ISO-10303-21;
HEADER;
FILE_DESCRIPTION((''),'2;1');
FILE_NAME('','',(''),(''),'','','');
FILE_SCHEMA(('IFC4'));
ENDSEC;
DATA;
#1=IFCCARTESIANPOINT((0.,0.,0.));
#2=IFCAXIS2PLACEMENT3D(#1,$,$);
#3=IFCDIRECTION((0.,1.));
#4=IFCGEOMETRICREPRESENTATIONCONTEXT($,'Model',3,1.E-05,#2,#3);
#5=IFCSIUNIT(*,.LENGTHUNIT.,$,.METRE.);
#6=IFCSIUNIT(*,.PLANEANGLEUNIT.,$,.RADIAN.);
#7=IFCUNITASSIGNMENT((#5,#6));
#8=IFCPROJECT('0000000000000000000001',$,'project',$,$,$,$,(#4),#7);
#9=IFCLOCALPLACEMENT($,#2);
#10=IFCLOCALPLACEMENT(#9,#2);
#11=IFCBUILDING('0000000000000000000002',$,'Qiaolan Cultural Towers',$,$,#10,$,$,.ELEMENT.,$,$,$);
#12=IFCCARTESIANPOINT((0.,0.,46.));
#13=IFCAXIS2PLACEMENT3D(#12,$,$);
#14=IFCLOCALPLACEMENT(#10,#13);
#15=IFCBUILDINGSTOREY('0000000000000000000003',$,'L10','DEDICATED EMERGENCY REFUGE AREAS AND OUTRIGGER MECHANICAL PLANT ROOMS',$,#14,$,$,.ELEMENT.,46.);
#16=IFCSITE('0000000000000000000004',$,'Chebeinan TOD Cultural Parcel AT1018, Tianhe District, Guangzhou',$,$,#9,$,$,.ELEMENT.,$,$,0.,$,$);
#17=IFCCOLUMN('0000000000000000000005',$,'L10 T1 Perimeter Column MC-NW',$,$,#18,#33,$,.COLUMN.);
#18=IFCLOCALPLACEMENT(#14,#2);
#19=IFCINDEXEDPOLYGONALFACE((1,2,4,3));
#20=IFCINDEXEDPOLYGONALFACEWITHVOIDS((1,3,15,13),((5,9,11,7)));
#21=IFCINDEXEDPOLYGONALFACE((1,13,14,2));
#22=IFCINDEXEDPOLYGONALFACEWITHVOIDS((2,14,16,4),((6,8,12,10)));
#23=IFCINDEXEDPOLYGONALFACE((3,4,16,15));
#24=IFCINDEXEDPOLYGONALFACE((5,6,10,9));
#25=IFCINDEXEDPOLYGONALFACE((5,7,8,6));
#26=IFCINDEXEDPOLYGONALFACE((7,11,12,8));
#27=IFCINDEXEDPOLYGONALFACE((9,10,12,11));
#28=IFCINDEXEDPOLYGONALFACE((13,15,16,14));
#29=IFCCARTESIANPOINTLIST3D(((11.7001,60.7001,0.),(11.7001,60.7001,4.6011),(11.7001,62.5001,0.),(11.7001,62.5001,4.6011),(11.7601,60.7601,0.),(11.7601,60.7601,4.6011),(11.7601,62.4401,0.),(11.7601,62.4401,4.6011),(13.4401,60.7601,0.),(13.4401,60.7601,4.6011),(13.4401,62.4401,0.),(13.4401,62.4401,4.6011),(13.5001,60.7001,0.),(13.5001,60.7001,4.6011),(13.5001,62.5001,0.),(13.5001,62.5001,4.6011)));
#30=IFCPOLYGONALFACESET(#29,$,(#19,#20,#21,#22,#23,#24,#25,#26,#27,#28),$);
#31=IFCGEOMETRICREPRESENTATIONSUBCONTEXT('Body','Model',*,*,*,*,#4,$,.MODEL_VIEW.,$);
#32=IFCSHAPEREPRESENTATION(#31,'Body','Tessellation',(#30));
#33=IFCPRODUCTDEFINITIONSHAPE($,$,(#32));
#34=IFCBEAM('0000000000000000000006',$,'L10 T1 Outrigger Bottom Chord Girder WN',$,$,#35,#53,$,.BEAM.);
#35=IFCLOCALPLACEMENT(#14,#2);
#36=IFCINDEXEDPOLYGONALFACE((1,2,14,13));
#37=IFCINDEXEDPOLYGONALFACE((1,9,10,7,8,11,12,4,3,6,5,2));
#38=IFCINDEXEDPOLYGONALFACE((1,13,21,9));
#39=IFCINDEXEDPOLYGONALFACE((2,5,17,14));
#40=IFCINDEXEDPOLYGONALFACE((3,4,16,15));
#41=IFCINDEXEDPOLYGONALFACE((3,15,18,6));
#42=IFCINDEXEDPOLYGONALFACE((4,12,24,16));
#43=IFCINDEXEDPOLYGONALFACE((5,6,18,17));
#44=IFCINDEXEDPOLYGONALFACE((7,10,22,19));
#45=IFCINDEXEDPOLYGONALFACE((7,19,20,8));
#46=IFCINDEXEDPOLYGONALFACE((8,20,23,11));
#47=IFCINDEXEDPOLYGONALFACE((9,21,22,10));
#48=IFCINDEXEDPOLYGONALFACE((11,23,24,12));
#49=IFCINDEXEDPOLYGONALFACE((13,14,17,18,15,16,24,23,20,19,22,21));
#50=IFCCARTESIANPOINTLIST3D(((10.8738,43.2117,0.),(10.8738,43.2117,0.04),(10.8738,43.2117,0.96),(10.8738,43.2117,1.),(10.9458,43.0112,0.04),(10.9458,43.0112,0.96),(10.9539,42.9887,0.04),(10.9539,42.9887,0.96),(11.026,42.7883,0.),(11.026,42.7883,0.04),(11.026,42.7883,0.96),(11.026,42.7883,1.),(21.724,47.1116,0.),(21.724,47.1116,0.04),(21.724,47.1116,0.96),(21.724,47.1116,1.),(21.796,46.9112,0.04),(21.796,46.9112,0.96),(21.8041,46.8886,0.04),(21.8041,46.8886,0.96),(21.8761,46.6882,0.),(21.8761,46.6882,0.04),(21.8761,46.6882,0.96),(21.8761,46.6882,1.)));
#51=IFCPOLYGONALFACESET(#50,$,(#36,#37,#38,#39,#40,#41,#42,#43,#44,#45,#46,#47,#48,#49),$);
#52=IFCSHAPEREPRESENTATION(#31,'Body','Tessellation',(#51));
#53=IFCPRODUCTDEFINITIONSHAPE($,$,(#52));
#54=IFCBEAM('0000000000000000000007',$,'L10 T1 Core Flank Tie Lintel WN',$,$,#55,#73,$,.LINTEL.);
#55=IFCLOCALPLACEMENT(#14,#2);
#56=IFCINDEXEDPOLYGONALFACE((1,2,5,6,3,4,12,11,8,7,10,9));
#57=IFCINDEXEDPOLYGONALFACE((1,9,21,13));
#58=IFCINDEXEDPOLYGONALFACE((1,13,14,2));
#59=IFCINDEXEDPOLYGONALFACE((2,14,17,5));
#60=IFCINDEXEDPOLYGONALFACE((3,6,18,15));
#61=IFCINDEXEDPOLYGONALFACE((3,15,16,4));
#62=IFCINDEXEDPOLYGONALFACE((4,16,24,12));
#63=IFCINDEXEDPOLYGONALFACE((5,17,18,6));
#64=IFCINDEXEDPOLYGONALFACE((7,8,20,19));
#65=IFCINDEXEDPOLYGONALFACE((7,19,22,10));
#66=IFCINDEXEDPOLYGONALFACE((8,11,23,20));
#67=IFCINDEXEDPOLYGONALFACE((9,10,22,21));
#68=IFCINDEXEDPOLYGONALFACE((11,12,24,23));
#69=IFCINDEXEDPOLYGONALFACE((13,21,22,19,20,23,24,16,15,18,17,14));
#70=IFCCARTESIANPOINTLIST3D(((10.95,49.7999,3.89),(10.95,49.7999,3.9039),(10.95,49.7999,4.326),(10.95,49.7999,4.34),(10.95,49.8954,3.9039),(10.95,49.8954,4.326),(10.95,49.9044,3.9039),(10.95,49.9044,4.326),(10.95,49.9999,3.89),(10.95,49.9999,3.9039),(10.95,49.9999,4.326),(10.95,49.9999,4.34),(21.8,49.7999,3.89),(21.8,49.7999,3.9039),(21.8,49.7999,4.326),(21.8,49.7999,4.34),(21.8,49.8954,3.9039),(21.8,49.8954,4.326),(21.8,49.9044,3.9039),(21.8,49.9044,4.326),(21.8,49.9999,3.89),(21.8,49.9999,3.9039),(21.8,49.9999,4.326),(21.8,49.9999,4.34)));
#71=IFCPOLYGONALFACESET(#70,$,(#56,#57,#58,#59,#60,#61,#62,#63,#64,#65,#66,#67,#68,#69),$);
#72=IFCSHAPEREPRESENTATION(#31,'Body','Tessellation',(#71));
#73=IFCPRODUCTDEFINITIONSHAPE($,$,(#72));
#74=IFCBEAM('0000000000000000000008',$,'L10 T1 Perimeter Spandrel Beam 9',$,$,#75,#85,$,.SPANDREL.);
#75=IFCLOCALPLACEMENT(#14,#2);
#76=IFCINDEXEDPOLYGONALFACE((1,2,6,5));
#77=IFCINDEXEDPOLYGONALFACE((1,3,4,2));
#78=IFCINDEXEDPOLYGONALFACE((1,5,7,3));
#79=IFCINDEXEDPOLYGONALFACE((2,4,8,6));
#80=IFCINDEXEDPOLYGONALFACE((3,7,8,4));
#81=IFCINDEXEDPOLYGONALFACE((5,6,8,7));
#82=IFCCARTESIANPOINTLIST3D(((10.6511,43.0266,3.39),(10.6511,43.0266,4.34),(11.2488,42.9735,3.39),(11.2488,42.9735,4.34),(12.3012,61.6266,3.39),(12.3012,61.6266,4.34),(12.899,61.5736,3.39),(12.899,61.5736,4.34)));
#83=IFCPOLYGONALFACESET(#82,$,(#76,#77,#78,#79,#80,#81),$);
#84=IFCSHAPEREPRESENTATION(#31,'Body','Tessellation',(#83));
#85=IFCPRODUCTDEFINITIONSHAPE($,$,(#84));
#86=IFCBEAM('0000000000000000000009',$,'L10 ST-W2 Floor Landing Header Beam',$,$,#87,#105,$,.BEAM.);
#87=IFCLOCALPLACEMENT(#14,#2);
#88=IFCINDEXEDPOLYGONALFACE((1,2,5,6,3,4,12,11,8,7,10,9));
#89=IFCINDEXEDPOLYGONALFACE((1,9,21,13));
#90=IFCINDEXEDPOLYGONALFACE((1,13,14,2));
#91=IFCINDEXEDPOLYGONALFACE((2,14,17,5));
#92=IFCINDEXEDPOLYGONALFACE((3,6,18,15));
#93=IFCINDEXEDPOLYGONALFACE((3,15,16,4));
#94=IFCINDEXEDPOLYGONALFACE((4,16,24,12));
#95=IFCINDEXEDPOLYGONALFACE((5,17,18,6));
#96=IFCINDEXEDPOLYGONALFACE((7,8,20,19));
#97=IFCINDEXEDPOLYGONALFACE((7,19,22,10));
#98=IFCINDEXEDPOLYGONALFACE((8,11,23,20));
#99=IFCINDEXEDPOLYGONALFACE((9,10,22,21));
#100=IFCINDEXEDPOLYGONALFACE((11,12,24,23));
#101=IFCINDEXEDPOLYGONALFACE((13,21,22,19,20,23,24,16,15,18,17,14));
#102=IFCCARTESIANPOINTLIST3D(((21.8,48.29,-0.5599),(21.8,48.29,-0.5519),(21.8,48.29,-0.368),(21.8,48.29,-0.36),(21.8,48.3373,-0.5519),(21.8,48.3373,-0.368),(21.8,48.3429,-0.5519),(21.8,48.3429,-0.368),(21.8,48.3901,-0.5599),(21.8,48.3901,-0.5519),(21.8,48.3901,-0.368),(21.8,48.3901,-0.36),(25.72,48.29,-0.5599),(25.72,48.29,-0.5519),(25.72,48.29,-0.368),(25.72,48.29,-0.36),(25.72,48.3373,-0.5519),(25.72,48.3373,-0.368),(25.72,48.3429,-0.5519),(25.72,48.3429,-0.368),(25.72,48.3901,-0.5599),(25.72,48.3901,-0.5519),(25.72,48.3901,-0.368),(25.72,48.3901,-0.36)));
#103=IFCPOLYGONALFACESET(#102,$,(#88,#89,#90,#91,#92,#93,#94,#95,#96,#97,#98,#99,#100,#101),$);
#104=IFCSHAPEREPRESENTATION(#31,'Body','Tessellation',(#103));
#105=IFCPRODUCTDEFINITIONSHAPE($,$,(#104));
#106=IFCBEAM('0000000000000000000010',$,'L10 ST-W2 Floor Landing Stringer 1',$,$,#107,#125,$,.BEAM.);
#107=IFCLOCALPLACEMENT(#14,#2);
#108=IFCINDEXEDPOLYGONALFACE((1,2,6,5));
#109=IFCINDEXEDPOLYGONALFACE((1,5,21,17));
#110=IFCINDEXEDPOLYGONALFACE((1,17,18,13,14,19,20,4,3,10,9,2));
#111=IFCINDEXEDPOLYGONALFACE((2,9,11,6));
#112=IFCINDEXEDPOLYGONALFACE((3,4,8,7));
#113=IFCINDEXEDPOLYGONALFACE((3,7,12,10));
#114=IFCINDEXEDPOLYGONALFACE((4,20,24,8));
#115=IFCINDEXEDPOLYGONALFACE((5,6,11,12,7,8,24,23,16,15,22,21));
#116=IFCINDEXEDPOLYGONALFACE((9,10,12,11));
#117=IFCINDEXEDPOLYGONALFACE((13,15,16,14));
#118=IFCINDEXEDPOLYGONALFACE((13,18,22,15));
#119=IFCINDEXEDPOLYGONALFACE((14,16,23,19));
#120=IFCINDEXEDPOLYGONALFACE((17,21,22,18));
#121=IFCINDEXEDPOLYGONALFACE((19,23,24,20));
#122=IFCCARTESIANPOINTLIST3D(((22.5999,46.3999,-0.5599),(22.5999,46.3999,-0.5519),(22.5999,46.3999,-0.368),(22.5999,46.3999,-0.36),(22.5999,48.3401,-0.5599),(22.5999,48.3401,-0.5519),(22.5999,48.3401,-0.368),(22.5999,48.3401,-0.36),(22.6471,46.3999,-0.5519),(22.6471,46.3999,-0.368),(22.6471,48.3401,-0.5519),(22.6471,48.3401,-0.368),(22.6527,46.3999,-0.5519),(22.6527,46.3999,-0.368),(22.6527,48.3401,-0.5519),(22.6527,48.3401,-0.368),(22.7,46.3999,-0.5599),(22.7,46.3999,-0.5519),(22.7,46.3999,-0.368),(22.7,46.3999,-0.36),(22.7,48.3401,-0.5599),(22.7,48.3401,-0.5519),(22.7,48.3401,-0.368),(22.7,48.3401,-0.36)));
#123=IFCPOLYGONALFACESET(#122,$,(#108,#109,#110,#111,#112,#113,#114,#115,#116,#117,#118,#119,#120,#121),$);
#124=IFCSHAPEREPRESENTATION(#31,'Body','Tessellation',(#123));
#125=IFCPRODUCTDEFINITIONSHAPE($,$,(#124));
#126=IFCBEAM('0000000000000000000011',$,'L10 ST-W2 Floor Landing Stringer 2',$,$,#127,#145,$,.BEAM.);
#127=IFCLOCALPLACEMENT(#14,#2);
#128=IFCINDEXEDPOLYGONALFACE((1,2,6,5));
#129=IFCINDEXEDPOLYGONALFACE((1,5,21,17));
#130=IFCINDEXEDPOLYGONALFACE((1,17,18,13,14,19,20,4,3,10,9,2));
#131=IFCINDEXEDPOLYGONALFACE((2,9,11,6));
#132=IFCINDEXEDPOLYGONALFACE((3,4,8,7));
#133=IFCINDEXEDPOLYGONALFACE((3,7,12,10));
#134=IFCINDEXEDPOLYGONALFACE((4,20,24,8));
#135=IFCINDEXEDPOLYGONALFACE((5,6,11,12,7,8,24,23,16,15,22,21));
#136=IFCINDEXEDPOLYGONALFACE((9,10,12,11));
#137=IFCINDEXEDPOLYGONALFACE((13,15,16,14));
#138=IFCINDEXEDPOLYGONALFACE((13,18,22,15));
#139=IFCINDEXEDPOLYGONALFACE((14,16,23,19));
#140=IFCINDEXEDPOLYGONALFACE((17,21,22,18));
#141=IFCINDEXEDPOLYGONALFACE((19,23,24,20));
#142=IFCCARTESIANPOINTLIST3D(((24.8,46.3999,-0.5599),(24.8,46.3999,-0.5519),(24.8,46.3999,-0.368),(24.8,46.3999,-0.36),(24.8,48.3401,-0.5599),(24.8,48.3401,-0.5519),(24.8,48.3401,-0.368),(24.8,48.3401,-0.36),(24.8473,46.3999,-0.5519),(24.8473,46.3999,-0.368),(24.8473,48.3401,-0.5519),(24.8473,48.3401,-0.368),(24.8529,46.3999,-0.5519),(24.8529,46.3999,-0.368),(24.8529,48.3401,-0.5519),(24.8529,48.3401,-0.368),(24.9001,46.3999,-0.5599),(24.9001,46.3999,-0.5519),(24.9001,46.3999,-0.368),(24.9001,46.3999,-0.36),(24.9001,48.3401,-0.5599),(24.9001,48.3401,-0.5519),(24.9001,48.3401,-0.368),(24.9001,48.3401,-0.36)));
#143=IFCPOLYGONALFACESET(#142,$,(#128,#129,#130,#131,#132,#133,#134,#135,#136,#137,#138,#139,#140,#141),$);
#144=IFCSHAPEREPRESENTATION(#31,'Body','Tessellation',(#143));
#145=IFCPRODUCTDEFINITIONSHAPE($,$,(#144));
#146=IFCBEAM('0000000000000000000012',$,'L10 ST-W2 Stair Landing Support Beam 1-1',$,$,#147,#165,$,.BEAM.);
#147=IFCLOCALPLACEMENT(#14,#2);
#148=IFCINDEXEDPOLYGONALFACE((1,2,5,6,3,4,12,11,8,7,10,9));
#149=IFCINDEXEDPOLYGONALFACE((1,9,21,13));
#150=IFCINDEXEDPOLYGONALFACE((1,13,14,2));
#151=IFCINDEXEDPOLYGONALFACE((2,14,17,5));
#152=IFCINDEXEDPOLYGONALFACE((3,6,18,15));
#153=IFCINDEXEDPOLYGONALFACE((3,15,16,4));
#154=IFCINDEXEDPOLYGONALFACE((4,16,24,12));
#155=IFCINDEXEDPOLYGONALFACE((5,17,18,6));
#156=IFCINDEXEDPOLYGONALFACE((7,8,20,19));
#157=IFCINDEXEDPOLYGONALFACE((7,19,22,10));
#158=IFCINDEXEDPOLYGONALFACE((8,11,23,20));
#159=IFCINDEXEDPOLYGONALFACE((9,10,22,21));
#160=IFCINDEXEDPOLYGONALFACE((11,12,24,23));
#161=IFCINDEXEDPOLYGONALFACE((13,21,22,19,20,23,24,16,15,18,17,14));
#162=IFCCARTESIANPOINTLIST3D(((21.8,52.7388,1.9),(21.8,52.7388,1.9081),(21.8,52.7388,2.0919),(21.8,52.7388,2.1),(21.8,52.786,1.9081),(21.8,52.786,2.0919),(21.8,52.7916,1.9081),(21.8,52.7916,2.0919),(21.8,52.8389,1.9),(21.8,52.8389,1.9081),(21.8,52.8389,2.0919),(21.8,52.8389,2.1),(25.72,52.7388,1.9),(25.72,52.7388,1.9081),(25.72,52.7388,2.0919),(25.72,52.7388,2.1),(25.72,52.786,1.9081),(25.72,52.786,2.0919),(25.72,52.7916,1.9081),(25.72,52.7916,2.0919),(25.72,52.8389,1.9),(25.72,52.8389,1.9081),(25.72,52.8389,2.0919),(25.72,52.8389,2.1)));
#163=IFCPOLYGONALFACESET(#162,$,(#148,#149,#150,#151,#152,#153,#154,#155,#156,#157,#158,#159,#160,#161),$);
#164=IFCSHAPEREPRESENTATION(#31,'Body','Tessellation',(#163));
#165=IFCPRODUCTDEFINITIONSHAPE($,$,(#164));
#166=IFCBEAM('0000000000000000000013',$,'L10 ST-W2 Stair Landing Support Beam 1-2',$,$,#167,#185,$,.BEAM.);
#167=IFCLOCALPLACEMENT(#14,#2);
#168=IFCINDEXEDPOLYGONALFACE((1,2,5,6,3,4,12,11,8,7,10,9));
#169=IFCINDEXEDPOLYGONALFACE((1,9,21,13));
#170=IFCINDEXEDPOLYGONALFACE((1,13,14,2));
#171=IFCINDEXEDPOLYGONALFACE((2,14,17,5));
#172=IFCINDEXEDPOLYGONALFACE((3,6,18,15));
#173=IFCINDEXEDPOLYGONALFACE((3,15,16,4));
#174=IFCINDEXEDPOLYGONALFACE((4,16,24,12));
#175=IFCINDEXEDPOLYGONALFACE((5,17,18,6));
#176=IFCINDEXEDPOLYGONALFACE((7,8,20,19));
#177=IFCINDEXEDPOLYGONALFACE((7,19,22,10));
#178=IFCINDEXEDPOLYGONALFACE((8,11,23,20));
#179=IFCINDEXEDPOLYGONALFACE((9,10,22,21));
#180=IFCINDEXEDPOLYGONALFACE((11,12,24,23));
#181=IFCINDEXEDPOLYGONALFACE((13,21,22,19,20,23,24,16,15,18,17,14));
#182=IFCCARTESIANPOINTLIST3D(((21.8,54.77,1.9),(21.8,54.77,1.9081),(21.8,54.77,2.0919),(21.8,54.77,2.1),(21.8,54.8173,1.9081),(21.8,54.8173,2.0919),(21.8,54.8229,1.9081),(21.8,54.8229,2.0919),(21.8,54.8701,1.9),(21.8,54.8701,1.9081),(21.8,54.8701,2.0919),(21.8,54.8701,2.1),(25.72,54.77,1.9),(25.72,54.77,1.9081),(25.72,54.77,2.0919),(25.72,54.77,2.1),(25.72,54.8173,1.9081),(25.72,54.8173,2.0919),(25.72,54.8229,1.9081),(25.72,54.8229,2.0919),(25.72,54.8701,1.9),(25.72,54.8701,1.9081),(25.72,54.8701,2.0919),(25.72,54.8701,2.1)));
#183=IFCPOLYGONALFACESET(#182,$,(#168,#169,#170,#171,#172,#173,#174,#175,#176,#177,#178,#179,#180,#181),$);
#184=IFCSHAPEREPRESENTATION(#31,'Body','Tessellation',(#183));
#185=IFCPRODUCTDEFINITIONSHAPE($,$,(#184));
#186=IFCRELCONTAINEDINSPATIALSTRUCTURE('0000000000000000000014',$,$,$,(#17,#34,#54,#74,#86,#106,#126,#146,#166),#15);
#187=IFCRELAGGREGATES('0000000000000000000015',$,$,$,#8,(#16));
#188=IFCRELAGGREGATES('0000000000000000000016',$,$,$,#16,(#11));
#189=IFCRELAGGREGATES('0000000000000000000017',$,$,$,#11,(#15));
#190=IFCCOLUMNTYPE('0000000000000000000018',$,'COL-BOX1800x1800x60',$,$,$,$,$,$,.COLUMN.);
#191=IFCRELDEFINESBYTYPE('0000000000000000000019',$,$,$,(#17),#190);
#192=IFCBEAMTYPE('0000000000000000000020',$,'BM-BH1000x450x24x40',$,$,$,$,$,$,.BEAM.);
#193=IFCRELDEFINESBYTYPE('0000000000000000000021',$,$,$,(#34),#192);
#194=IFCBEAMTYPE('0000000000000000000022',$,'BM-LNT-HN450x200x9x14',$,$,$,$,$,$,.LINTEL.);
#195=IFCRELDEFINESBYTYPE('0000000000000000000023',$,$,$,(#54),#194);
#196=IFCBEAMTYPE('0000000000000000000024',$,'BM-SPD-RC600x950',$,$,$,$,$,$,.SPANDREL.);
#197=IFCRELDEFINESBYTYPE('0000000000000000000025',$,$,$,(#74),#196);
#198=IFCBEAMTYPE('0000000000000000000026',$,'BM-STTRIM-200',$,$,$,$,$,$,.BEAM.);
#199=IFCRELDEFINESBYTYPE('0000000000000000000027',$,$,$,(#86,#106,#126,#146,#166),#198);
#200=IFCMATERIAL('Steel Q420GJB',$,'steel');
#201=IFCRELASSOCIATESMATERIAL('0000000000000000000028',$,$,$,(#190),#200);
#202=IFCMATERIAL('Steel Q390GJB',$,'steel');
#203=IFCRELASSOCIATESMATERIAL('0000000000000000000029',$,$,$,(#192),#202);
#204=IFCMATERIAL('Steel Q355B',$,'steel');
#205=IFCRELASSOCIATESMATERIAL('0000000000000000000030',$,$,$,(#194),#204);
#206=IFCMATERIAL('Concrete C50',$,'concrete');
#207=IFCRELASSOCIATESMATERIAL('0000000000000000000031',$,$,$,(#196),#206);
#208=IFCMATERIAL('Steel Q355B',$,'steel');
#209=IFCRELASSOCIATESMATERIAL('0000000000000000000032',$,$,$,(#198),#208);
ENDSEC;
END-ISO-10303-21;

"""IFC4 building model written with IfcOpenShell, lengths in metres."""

from ifc_helpers import new_model, si_unit, direction, frame, origin, origin_2d, place, context, subcontext, project, spatial, rectangle, hollow_rectangle, i_section, extrude, material, material_profile, profile_set, type_object, element, save


model = new_model("IFC4")

# Units and contexts
model_context = context("Model", 3, precision=1e-05, world=origin(), true_north=direction((0.0, 1.0)))
body_context = subcontext(model_context, "Body", "Model", "MODEL_VIEW")
ifc_project = project(units=[si_unit("LENGTHUNIT", "METRE"), si_unit("PLANEANGLEUNIT", "RADIAN")], contexts=[model_context])

# Site, building, storey
site_placement = place(None, origin())
site = spatial("IfcSite", under=ifc_project, at=site_placement, Name="Chebeinan TOD Cultural Parcel AT1018, Tianhe District, Guangzhou", CompositionType="ELEMENT", RefElevation=0.0)
building_placement = place(site_placement, origin())
building = spatial("IfcBuilding", under=site, at=building_placement, Name="Qiaolan Cultural Towers", CompositionType="ELEMENT")
storey_placement = place(building_placement, frame((0.0, 0.0, 46.0)))
storey = spatial("IfcBuildingStorey", under=building, at=storey_placement, Name="L10", Description="DEDICATED EMERGENCY REFUGE AREAS AND OUTRIGGER MECHANICAL PLANT ROOMS", CompositionType="ELEMENT", Elevation=46.0)

# Column
ifc_material_1 = material(Name="Steel Q420GJB", Category="steel")
ifc_material_profile_1 = material_profile(ifc_material_1, hollow_rectangle(XDim=1.8, YDim=1.8, WallThickness=0.0601, at=origin_2d()), Name="BOX1800x1800x60")
ifc_profile_set_1 = profile_set([ifc_material_profile_1], Name="Steel Q420GJB")
column_type = type_object("IfcColumnType", Name="COL-BOX1800x1800x60", PredefinedType="COLUMN", material=ifc_profile_set_1)
column_placement = place(storey_placement, frame((12.6001, 61.6001, 0.0), z_axis=(0.0, 0.0, 1.0), x_axis=(1.0, 0.0, 0.0)))
element("IfcColumn", 1, at=column_placement, inside=storey, type_object=column_type, Name="L10 T1 Perimeter Column MC-NW", PredefinedType="COLUMN", context=body_context, shape_type="SweptSolid", body=[
    extrude(hollow_rectangle(XDim=1.8, YDim=1.8, WallThickness=0.0601, at=origin_2d()), origin(), (0.0, 0.0, 1.0), 4.6011),
])

# Beams
ifc_material_2 = material(Name="Steel Q390GJB", Category="steel")
ifc_material_profile_2 = material_profile(ifc_material_2, i_section(OverallWidth=0.45, OverallDepth=1.0, WebThickness=0.0239, FlangeThickness=0.04, at=origin_2d()), Name="BH1000x450x24x40")
ifc_profile_set_2 = profile_set([ifc_material_profile_2], Name="Steel Q390GJB")
beam_type_1 = type_object("IfcBeamType", Name="BM-BH1000x450x24x40", PredefinedType="BEAM", material=ifc_profile_set_2)
beam_1_placement = place(storey_placement, frame((21.8, 46.8999, 0.5), z_axis=(-0.941057, -0.338249, 0.0), x_axis=(0.338249, -0.941057, 0.0)))
element("IfcBeam", 2, at=beam_1_placement, inside=storey, type_object=beam_type_1, Name="L10 T1 Outrigger Bottom Chord Girder WN", PredefinedType="BEAM", context=body_context, shape_type="SweptSolid", body=[
    extrude(i_section(OverallWidth=0.45, OverallDepth=1.0, WebThickness=0.0239, FlangeThickness=0.04, at=origin_2d()), origin(), (0.0, 0.0, 1.0), 11.5298),
])
ifc_material_3 = material(Name="Steel Q355B", Category="steel")
ifc_material_profile_3 = material_profile(ifc_material_3, i_section(OverallWidth=0.2, OverallDepth=0.45, WebThickness=0.009, FlangeThickness=0.0139, at=origin_2d()), Name="HN450x200x9x14")
ifc_profile_set_3 = profile_set([ifc_material_profile_3], Name="Steel Q355B")
beam_type_2 = type_object("IfcBeamType", Name="BM-LNT-HN450x200x9x14", PredefinedType="LINTEL", material=ifc_profile_set_3)
beam_2_placement = place(storey_placement, frame((21.8, 49.8999, 4.115), z_axis=(-1.0, 0.0, 0.0), x_axis=(0.0, -1.0, 0.0)))
element("IfcBeam", 3, at=beam_2_placement, inside=storey, type_object=beam_type_2, Name="L10 T1 Core Flank Tie Lintel WN", PredefinedType="LINTEL", context=body_context, shape_type="SweptSolid", body=[
    extrude(i_section(OverallWidth=0.2, OverallDepth=0.45, WebThickness=0.009, FlangeThickness=0.0139, at=origin_2d()), origin(), (0.0, 0.0, 1.0), 10.8501),
])
ifc_material_4 = material(Name="Concrete C50", Category="concrete")
ifc_material_profile_4 = material_profile(ifc_material_4, rectangle(XDim=0.6001, YDim=0.95, at=origin_2d()), Name="RC600x950")
ifc_profile_set_4 = profile_set([ifc_material_profile_4], Name="Concrete C50")
beam_type_3 = type_object("IfcBeamType", Name="BM-SPD-RC600x950", PredefinedType="SPANDREL", material=ifc_profile_set_4)
beam_3_placement = place(storey_placement, frame((12.6001, 61.6001, 3.865), z_axis=(-0.08837, -0.996088, 0.0), x_axis=(0.996088, -0.08837, 0.0)))
element("IfcBeam", 4, at=beam_3_placement, inside=storey, type_object=beam_type_3, Name="L10 T1 Perimeter Spandrel Beam 9", PredefinedType="SPANDREL", context=body_context, shape_type="SweptSolid", body=[
    extrude(rectangle(XDim=0.6001, YDim=0.95, at=origin_2d()), origin(), (0.0, 0.0, 1.0), 18.6731),
])
ifc_material_5 = material(Name="Steel Q355B", Category="steel")
ifc_material_profile_5 = material_profile(ifc_material_5, i_section(OverallWidth=0.1001, OverallDepth=0.2, WebThickness=0.0056, FlangeThickness=0.0081, at=origin_2d()), Name="HN200x100x5.5x8")
ifc_profile_set_5 = profile_set([ifc_material_profile_5], Name="Steel Q355B")
beam_type_4 = type_object("IfcBeamType", Name="BM-STTRIM-200", PredefinedType="BEAM", material=ifc_profile_set_5)
beam_4_placement = place(storey_placement, frame((21.8, 48.3401, -0.46), z_axis=(1.0, 0.0, 0.0), x_axis=(0.0, 1.0, 0.0)))
element("IfcBeam", 5, at=beam_4_placement, inside=storey, type_object=beam_type_4, Name="L10 ST-W2 Floor Landing Header Beam", PredefinedType="BEAM", context=body_context, shape_type="SweptSolid", body=[
    extrude(i_section(OverallWidth=0.1001, OverallDepth=0.2, WebThickness=0.0056, FlangeThickness=0.0081, at=origin_2d()), origin(), (0.0, 0.0, 1.0), 3.9199),
])
for number, where, z_axis, x_axis, name in (
    (6, (22.6499, 46.3999, -0.46), (0.0, 1.0, 0.0), (-1.0, 0.0, 0.0), "L10 ST-W2 Floor Landing Stringer 1"),
    (7, (24.8501, 46.3999, -0.46), (0.0, 1.0, 0.0), (-1.0, 0.0, 0.0), "L10 ST-W2 Floor Landing Stringer 2"),
):
    element("IfcBeam", number, at=place(storey_placement, frame(where, z_axis=z_axis, x_axis=x_axis)), inside=storey, type_object=beam_type_4, Name=name, PredefinedType="BEAM", context=body_context, shape_type="SweptSolid", body=[
        extrude(i_section(OverallWidth=0.1001, OverallDepth=0.2, WebThickness=0.0056, FlangeThickness=0.0081, at=origin_2d()), origin(), (0.0, 0.0, 1.0), 1.9402),
    ])
for number, where, z_axis, x_axis, name in (
    (8, (21.8, 52.7888, 2.0), (1.0, 0.0, 0.0), (0.0, 1.0, 0.0), "L10 ST-W2 Stair Landing Support Beam 1-1"),
    (9, (21.8, 54.8201, 2.0), (1.0, 0.0, 0.0), (0.0, 1.0, 0.0), "L10 ST-W2 Stair Landing Support Beam 1-2"),
):
    element("IfcBeam", number, at=place(storey_placement, frame(where, z_axis=z_axis, x_axis=x_axis)), inside=storey, type_object=beam_type_4, Name=name, PredefinedType="BEAM", context=body_context, shape_type="SweptSolid", body=[
        extrude(i_section(OverallWidth=0.1001, OverallDepth=0.2, WebThickness=0.0056, FlangeThickness=0.0081, at=origin_2d()), origin(), (0.0, 0.0, 1.0), 3.9199),
    ])

save(model, "model.ifc")
